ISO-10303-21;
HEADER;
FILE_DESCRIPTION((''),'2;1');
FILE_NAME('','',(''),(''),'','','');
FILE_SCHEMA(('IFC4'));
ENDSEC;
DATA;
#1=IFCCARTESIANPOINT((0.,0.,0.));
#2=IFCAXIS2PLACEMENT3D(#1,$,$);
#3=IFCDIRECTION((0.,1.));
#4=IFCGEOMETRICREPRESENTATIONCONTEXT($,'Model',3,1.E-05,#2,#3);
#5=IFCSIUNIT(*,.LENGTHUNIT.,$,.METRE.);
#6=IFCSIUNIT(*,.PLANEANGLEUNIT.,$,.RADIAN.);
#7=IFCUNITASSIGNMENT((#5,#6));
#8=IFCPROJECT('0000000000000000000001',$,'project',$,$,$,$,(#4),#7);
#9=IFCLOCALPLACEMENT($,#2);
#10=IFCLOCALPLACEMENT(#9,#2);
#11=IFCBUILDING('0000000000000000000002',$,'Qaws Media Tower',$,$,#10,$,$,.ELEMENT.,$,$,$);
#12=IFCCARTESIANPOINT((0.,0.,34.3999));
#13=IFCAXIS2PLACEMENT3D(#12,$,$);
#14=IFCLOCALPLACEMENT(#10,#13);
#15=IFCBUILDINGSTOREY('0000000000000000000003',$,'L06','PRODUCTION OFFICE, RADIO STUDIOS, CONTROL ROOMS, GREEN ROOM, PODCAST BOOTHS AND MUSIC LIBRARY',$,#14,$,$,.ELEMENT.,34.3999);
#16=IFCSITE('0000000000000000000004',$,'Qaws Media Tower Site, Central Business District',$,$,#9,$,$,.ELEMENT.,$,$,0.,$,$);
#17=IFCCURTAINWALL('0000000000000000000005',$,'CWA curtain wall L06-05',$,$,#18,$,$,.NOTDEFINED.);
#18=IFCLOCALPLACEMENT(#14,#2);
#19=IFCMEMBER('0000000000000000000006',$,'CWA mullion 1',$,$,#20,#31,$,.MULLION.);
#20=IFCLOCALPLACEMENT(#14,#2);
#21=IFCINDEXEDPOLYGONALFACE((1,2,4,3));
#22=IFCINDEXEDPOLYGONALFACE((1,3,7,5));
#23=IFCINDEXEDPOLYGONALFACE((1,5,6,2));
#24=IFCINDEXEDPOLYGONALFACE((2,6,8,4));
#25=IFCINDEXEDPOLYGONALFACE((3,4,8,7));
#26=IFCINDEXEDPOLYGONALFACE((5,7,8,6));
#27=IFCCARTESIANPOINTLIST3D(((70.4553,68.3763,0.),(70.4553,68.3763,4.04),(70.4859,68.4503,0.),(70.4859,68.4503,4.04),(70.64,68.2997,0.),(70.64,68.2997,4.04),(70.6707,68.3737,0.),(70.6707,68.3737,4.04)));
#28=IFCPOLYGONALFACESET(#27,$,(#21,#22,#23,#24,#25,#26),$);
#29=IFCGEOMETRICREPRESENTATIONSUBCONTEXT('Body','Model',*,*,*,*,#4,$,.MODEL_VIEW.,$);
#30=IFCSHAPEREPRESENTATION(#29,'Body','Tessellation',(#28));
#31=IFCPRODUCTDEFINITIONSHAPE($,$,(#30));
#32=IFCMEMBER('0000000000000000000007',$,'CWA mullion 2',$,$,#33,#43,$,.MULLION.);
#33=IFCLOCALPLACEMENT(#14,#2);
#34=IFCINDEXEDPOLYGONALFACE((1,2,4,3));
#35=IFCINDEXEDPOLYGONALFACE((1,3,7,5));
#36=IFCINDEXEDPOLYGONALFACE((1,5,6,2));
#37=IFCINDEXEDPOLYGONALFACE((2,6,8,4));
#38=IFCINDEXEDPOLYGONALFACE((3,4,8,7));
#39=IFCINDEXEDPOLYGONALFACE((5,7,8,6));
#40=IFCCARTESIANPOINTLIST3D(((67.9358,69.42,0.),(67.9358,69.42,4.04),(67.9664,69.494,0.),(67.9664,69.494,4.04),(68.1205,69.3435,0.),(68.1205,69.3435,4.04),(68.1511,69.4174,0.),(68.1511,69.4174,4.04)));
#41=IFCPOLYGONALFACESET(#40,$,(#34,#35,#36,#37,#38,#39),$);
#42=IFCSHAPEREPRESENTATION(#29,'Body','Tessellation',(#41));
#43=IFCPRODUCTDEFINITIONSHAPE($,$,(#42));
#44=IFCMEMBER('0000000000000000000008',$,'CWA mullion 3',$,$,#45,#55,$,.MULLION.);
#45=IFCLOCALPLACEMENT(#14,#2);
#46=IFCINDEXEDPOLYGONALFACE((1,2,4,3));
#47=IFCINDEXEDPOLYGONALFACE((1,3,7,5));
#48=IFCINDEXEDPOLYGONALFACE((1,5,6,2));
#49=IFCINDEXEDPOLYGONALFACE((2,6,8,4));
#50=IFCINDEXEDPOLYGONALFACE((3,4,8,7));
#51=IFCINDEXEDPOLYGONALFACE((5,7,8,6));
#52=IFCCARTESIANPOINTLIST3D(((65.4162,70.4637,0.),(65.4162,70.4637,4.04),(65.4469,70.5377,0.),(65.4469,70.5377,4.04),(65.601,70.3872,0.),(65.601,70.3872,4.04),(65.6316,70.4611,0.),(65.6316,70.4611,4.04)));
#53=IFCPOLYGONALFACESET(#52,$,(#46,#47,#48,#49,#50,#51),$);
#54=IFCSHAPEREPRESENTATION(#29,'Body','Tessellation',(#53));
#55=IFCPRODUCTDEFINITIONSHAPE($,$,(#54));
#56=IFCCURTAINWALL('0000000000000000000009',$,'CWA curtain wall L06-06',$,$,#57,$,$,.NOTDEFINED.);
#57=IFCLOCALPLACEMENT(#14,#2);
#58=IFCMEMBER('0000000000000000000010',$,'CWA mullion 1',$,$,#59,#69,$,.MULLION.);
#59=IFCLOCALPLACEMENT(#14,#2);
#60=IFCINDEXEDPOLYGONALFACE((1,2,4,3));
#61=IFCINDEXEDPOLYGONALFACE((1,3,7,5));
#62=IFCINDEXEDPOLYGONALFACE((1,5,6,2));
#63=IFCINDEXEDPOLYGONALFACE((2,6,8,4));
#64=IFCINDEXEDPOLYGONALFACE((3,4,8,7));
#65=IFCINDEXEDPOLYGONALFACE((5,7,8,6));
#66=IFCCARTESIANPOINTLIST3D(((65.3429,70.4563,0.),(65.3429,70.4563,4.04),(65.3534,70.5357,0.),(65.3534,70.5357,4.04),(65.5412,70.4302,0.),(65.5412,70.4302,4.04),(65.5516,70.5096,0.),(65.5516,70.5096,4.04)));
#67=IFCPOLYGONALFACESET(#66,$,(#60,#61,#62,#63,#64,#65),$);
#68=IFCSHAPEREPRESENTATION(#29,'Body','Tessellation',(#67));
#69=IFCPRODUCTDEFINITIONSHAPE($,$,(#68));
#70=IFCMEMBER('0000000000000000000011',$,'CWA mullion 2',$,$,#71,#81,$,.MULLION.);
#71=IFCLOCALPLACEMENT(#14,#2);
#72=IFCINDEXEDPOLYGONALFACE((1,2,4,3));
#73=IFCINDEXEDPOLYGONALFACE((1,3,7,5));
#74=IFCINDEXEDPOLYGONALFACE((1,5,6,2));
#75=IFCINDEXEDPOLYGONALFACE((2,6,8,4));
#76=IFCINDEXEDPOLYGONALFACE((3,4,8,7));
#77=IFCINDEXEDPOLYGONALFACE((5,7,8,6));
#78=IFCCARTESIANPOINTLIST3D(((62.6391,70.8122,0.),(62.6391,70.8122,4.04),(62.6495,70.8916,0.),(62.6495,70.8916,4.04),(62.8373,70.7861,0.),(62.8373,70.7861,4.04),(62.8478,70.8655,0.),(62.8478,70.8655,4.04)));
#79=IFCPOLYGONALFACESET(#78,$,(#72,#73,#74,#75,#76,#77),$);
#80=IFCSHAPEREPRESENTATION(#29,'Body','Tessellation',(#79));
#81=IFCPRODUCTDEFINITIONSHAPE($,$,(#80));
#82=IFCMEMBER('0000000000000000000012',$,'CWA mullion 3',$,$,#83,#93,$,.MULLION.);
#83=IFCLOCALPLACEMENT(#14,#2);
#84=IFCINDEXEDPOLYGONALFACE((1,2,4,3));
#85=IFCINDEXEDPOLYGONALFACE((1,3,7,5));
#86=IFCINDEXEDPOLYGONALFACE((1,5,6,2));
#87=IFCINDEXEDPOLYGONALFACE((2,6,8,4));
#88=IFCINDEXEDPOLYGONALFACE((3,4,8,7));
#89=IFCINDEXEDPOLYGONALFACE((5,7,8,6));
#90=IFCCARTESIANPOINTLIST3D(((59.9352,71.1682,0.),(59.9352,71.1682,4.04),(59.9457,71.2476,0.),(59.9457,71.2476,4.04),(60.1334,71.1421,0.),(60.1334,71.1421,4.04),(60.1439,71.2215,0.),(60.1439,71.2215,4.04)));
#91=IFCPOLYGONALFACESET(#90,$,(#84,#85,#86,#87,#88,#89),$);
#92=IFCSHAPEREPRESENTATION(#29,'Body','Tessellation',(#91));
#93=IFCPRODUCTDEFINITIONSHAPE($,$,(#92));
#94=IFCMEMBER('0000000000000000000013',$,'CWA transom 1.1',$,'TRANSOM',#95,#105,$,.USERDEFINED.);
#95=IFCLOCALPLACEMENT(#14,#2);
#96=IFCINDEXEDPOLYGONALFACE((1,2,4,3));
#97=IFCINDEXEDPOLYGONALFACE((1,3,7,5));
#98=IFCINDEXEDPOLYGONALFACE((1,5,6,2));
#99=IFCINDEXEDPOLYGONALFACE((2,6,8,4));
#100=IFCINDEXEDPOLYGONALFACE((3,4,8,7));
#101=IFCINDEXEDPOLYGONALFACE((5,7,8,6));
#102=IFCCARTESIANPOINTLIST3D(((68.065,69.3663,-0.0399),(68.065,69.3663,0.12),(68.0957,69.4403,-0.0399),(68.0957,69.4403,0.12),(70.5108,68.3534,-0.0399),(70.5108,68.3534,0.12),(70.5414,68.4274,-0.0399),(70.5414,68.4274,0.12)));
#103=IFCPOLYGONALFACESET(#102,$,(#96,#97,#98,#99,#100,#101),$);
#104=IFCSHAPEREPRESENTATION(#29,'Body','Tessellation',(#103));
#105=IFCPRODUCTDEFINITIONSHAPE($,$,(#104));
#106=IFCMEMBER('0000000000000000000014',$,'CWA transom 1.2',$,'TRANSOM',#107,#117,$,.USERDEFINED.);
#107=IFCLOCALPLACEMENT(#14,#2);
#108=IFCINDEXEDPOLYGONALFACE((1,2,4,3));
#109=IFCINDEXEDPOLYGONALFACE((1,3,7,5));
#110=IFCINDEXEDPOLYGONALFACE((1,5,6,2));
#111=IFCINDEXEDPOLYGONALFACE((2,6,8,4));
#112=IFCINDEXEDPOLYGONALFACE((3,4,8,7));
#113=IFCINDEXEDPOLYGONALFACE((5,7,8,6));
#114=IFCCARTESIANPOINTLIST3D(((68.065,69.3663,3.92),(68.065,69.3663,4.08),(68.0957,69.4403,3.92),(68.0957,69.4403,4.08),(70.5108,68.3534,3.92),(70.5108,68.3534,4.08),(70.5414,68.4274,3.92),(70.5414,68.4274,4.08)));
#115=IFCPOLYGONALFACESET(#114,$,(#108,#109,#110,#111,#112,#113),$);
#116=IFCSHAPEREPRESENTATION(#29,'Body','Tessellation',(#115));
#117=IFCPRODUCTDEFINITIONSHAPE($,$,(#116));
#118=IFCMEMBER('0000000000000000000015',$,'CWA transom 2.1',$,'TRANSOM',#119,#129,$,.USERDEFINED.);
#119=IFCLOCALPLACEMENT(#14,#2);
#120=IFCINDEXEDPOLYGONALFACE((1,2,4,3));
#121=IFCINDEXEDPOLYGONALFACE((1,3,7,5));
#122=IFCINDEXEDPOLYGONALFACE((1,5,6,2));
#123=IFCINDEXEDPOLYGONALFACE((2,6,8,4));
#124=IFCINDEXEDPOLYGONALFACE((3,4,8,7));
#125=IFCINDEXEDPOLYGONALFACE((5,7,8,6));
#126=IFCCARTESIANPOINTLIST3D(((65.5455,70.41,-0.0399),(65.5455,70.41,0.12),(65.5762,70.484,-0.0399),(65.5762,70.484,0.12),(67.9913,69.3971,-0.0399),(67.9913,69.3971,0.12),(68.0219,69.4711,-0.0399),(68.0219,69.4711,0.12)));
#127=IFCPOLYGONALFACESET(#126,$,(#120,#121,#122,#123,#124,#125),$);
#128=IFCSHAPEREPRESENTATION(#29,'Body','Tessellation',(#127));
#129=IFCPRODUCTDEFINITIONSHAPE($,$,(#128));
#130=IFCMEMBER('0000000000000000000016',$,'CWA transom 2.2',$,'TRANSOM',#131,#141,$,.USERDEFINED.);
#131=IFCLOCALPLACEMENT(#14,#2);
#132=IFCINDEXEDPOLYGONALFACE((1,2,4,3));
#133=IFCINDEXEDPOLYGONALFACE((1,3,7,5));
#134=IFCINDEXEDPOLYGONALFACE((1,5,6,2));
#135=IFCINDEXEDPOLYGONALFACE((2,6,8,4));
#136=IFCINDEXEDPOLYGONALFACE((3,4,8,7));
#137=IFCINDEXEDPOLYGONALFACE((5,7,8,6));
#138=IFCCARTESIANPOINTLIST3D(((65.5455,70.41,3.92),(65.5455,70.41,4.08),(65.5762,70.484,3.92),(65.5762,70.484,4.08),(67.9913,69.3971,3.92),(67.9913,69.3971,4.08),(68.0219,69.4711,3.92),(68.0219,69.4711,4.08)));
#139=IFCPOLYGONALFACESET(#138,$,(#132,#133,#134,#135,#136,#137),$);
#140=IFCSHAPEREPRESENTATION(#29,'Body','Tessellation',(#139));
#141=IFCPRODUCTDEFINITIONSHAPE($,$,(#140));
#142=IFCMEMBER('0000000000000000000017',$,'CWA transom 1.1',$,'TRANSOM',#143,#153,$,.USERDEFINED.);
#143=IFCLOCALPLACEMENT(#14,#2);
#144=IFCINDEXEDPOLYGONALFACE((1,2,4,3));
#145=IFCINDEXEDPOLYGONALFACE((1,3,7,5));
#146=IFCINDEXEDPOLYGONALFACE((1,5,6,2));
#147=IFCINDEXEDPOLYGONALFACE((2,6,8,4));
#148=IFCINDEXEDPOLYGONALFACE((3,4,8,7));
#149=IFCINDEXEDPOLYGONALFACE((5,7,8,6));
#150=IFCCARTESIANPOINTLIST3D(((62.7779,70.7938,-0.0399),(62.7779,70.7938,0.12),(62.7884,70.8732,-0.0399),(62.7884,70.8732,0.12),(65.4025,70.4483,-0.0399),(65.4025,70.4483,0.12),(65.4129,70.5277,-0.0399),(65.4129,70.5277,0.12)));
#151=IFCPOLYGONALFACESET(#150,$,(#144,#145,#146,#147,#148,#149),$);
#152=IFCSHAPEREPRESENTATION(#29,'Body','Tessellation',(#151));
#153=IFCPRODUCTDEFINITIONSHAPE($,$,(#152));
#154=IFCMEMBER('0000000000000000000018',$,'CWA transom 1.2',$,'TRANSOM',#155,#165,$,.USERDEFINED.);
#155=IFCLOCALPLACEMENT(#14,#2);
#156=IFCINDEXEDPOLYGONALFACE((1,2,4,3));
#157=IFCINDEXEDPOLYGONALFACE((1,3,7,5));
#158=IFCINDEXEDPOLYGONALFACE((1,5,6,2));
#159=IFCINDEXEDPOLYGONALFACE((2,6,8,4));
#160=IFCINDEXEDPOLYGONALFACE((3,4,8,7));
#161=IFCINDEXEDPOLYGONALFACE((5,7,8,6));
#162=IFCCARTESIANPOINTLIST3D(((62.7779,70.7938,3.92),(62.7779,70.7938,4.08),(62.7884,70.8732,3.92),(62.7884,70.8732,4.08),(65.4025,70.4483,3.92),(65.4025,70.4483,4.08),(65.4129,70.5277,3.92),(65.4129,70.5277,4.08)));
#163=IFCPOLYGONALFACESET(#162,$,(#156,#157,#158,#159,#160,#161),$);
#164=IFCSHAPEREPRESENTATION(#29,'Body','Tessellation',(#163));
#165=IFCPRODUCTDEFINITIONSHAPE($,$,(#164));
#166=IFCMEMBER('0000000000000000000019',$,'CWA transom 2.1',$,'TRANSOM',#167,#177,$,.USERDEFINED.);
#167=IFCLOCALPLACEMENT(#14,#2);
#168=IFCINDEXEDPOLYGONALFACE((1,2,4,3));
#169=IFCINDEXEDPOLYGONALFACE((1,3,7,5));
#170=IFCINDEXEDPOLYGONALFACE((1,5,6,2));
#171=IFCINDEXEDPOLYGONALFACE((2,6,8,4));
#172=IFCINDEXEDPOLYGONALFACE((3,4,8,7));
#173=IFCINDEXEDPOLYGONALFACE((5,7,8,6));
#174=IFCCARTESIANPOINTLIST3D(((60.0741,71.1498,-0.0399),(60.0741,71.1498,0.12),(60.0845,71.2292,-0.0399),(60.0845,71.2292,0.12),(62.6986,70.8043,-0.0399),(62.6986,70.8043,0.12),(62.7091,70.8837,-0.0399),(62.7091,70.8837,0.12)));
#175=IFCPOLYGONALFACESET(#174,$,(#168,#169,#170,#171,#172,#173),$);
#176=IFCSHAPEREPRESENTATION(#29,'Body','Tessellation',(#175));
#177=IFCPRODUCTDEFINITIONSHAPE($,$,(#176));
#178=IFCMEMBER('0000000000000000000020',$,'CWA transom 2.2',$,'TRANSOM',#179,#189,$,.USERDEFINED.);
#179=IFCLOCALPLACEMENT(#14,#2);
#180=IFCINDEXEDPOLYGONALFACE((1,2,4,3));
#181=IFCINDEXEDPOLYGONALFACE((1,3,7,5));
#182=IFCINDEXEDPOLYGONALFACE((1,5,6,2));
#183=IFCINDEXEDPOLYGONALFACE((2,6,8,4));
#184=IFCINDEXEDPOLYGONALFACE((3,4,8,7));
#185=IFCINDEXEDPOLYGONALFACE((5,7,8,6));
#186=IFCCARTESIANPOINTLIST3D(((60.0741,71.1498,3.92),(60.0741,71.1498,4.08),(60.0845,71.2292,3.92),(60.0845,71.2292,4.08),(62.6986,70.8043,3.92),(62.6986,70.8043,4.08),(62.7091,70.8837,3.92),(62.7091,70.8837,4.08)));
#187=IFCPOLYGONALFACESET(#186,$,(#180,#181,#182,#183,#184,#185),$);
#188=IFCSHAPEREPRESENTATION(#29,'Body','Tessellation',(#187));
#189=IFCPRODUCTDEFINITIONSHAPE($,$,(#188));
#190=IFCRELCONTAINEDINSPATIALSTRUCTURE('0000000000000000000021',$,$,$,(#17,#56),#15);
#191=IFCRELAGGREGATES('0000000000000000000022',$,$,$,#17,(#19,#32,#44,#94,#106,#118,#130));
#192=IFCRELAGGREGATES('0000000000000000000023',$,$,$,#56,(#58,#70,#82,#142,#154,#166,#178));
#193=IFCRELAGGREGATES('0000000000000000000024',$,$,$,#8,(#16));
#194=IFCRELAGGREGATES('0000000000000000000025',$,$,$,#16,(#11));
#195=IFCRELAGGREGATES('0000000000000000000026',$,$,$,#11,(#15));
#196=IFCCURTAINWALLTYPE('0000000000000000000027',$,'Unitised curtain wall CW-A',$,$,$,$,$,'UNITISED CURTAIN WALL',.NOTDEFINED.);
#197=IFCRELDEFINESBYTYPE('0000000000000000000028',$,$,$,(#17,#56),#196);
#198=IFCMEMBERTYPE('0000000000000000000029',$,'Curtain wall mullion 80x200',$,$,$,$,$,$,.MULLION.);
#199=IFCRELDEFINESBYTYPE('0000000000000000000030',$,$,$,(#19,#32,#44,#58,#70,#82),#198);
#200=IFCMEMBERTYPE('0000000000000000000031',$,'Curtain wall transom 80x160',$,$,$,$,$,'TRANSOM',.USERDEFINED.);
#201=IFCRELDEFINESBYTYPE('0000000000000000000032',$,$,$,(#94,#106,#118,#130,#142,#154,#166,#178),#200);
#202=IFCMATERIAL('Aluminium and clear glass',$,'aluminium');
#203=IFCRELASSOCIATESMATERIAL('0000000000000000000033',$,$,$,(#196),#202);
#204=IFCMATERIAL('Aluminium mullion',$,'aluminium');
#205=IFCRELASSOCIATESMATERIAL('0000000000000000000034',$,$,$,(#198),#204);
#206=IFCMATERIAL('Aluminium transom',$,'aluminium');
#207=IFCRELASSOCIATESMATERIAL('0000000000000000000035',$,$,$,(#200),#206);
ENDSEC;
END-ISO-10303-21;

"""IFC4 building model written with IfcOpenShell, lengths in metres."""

from ifc_helpers import new_model, si_unit, direction, frame, origin, origin_2d, place, context, subcontext, project, spatial, rectangle, extrude, material, material_profile, profile_set, type_object, element, aggregate, save


model = new_model("IFC4")

# Units and contexts
model_context = context("Model", 3, precision=1e-05, world=origin(), true_north=direction((0.0, 1.0)))
body_context = subcontext(model_context, "Body", "Model", "MODEL_VIEW")
ifc_project = project(units=[si_unit("LENGTHUNIT", "METRE"), si_unit("PLANEANGLEUNIT", "RADIAN")], contexts=[model_context])

# Site, building, storey
site_placement = place(None, origin())
site = spatial("IfcSite", under=ifc_project, at=site_placement, Name="Qaws Media Tower Site, Central Business District", CompositionType="ELEMENT", RefElevation=0.0)
building_placement = place(site_placement, origin())
building = spatial("IfcBuilding", under=site, at=building_placement, Name="Qaws Media Tower", CompositionType="ELEMENT")
storey_placement = place(building_placement, frame((0.0, 0.0, 34.3999)))
storey = spatial("IfcBuildingStorey", under=building, at=storey_placement, Name="L06", Description="PRODUCTION OFFICE, RADIO STUDIOS, CONTROL ROOMS, GREEN ROOM, PODCAST BOOTHS AND MUSIC LIBRARY", CompositionType="ELEMENT", Elevation=34.3999)

# Curtain walls, members
ifc_material_1 = material(Name="Aluminium and clear glass", Category="aluminium")
curtain_wall_type = type_object("IfcCurtainWallType", Name="Unitised curtain wall CW-A", ElementType="UNITISED CURTAIN WALL", PredefinedType="NOTDEFINED", material=ifc_material_1)
curtain_wall_1_placement = place(storey_placement, origin())
curtain_wall_1 = element("IfcCurtainWall", 1, at=curtain_wall_1_placement, inside=storey, type_object=curtain_wall_type, Name="CWA curtain wall L06-05", PredefinedType="NOTDEFINED")
ifc_material_2 = material(Name="Aluminium mullion", Category="aluminium")
ifc_material_profile_1 = material_profile(ifc_material_2, rectangle(XDim=0.0801, YDim=0.2, at=origin_2d()), Name="80x200")
ifc_profile_set_1 = profile_set([ifc_material_profile_1], Name="Aluminium mullion")
member_type_1 = type_object("IfcMemberType", Name="Curtain wall mullion 80x200", PredefinedType="MULLION", material=ifc_profile_set_1)
member_1_placement = place(storey_placement, frame((70.563, 68.375, 0.0), z_axis=(0.0, 0.0, 1.0), x_axis=(-0.382683, -0.92388, 0.0)))
member_1 = element("IfcMember", 2, at=member_1_placement, type_object=member_type_1, Name="CWA mullion 1", PredefinedType="MULLION", context=body_context, shape_type="SweptSolid", body=[
    extrude(rectangle(XDim=0.0801, YDim=0.2, at=origin_2d()), origin(), (0.0, 0.0, 1.0), 4.04),
])
member_2_placement = place(storey_placement, frame((68.0435, 69.4187, 0.0), z_axis=(0.0, 0.0, 1.0), x_axis=(-0.382683, -0.92388, 0.0)))
member_2 = element("IfcMember", 3, at=member_2_placement, type_object=member_type_1, Name="CWA mullion 2", PredefinedType="MULLION", context=body_context, shape_type="SweptSolid", body=[
    extrude(rectangle(XDim=0.0801, YDim=0.2, at=origin_2d()), origin(), (0.0, 0.0, 1.0), 4.04),
])
member_3_placement = place(storey_placement, frame((65.5239, 70.4624, 0.0), z_axis=(0.0, 0.0, 1.0), x_axis=(-0.382683, -0.92388, 0.0)))
member_3 = element("IfcMember", 4, at=member_3_placement, type_object=member_type_1, Name="CWA mullion 3", PredefinedType="MULLION", context=body_context, shape_type="SweptSolid", body=[
    extrude(rectangle(XDim=0.0801, YDim=0.2, at=origin_2d()), origin(), (0.0, 0.0, 1.0), 4.04),
])
curtain_wall_2_placement = place(storey_placement, origin())
curtain_wall_2 = element("IfcCurtainWall", 5, at=curtain_wall_2_placement, inside=storey, type_object=curtain_wall_type, Name="CWA curtain wall L06-06", PredefinedType="NOTDEFINED")
member_4_placement = place(storey_placement, frame((65.4473, 70.4829, 0.0), z_axis=(0.0, 0.0, 1.0), x_axis=(-0.130526, -0.991445, 0.0)))
member_4 = element("IfcMember", 6, at=member_4_placement, type_object=member_type_1, Name="CWA mullion 1", PredefinedType="MULLION", context=body_context, shape_type="SweptSolid", body=[
    extrude(rectangle(XDim=0.0801, YDim=0.2, at=origin_2d()), origin(), (0.0, 0.0, 1.0), 4.04),
])
member_5_placement = place(storey_placement, frame((62.7434, 70.8389, 0.0), z_axis=(0.0, 0.0, 1.0), x_axis=(-0.130526, -0.991445, 0.0)))
member_5 = element("IfcMember", 7, at=member_5_placement, type_object=member_type_1, Name="CWA mullion 2", PredefinedType="MULLION", context=body_context, shape_type="SweptSolid", body=[
    extrude(rectangle(XDim=0.0801, YDim=0.2, at=origin_2d()), origin(), (0.0, 0.0, 1.0), 4.04),
])
member_6_placement = place(storey_placement, frame((60.0396, 71.1948, 0.0), z_axis=(0.0, 0.0, 1.0), x_axis=(-0.130526, -0.991445, 0.0)))
member_6 = element("IfcMember", 8, at=member_6_placement, type_object=member_type_1, Name="CWA mullion 3", PredefinedType="MULLION", context=body_context, shape_type="SweptSolid", body=[
    extrude(rectangle(XDim=0.0801, YDim=0.2, at=origin_2d()), origin(), (0.0, 0.0, 1.0), 4.04),
])

# Members
ifc_material_3 = material(Name="Aluminium transom", Category="aluminium")
ifc_material_profile_2 = material_profile(ifc_material_3, rectangle(XDim=0.0801, YDim=0.1599, at=origin_2d()), Name="80x160")
ifc_profile_set_2 = profile_set([ifc_material_profile_2], Name="Aluminium transom")
member_type_2 = type_object("IfcMemberType", Name="Curtain wall transom 80x160", ElementType="TRANSOM", PredefinedType="USERDEFINED", material=ifc_profile_set_2)
member_7_placement = place(storey_placement, frame((70.5261, 68.3904, 0.04), z_axis=(-0.923899, 0.382637, 0.0), x_axis=(-0.382637, -0.923899, 0.0)))
member_7 = element("IfcMember", 9, at=member_7_placement, type_object=member_type_2, Name="CWA transom 1.1", ObjectType="TRANSOM", PredefinedType="USERDEFINED", context=body_context, shape_type="SweptSolid", body=[
    extrude(rectangle(XDim=0.0801, YDim=0.1599, at=origin_2d()), origin(), (0.0, 0.0, 1.0), 2.6472),
])
member_8_placement = place(storey_placement, frame((70.5261, 68.3904, 4.0), z_axis=(-0.923899, 0.382637, 0.0), x_axis=(-0.382637, -0.923899, 0.0)))
member_8 = element("IfcMember", 10, at=member_8_placement, type_object=member_type_2, Name="CWA transom 1.2", ObjectType="TRANSOM", PredefinedType="USERDEFINED", context=body_context, shape_type="SweptSolid", body=[
    extrude(rectangle(XDim=0.0801, YDim=0.1599, at=origin_2d()), origin(), (0.0, 0.0, 1.0), 2.6472),
])
member_9_placement = place(storey_placement, frame((68.0066, 69.4341, 0.04), z_axis=(-0.923899, 0.382637, 0.0), x_axis=(-0.382637, -0.923899, 0.0)))
member_9 = element("IfcMember", 11, at=member_9_placement, type_object=member_type_2, Name="CWA transom 2.1", ObjectType="TRANSOM", PredefinedType="USERDEFINED", context=body_context, shape_type="SweptSolid", body=[
    extrude(rectangle(XDim=0.0801, YDim=0.1599, at=origin_2d()), origin(), (0.0, 0.0, 1.0), 2.6472),
])
member_10_placement = place(storey_placement, frame((68.0066, 69.4341, 4.0), z_axis=(-0.923899, 0.382637, 0.0), x_axis=(-0.382637, -0.923899, 0.0)))
member_10 = element("IfcMember", 12, at=member_10_placement, type_object=member_type_2, Name="CWA transom 2.2", ObjectType="TRANSOM", PredefinedType="USERDEFINED", context=body_context, shape_type="SweptSolid", body=[
    extrude(rectangle(XDim=0.0801, YDim=0.1599, at=origin_2d()), origin(), (0.0, 0.0, 1.0), 2.6472),
])
member_11_placement = place(storey_placement, frame((65.4077, 70.488, 0.04), z_axis=(-0.991448, 0.130502, 0.0), x_axis=(-0.130502, -0.991448, 0.0)))
member_11 = element("IfcMember", 13, at=member_11_placement, type_object=member_type_2, Name="CWA transom 1.1", ObjectType="TRANSOM", PredefinedType="USERDEFINED", context=body_context, shape_type="SweptSolid", body=[
    extrude(rectangle(XDim=0.0801, YDim=0.1599, at=origin_2d()), origin(), (0.0, 0.0, 1.0), 2.6472),
])
member_12_placement = place(storey_placement, frame((65.4077, 70.488, 4.0), z_axis=(-0.991448, 0.130502, 0.0), x_axis=(-0.130502, -0.991448, 0.0)))
member_12 = element("IfcMember", 14, at=member_12_placement, type_object=member_type_2, Name="CWA transom 1.2", ObjectType="TRANSOM", PredefinedType="USERDEFINED", context=body_context, shape_type="SweptSolid", body=[
    extrude(rectangle(XDim=0.0801, YDim=0.1599, at=origin_2d()), origin(), (0.0, 0.0, 1.0), 2.6472),
])
member_13_placement = place(storey_placement, frame((62.7039, 70.844, 0.04), z_axis=(-0.991448, 0.130502, 0.0), x_axis=(-0.130502, -0.991448, 0.0)))
member_13 = element("IfcMember", 15, at=member_13_placement, type_object=member_type_2, Name="CWA transom 2.1", ObjectType="TRANSOM", PredefinedType="USERDEFINED", context=body_context, shape_type="SweptSolid", body=[
    extrude(rectangle(XDim=0.0801, YDim=0.1599, at=origin_2d()), origin(), (0.0, 0.0, 1.0), 2.6472),
])
member_14_placement = place(storey_placement, frame((62.7039, 70.844, 4.0), z_axis=(-0.991448, 0.130502, 0.0), x_axis=(-0.130502, -0.991448, 0.0)))
member_14 = element("IfcMember", 16, at=member_14_placement, type_object=member_type_2, Name="CWA transom 2.2", ObjectType="TRANSOM", PredefinedType="USERDEFINED", context=body_context, shape_type="SweptSolid", body=[
    extrude(rectangle(XDim=0.0801, YDim=0.1599, at=origin_2d()), origin(), (0.0, 0.0, 1.0), 2.6472),
])

aggregate(curtain_wall_1, [member_1, member_2, member_3, member_7, member_8, member_9, member_10])
aggregate(curtain_wall_2, [member_4, member_5, member_6, member_11, member_12, member_13, member_14])

save(model, "model.ifc")
